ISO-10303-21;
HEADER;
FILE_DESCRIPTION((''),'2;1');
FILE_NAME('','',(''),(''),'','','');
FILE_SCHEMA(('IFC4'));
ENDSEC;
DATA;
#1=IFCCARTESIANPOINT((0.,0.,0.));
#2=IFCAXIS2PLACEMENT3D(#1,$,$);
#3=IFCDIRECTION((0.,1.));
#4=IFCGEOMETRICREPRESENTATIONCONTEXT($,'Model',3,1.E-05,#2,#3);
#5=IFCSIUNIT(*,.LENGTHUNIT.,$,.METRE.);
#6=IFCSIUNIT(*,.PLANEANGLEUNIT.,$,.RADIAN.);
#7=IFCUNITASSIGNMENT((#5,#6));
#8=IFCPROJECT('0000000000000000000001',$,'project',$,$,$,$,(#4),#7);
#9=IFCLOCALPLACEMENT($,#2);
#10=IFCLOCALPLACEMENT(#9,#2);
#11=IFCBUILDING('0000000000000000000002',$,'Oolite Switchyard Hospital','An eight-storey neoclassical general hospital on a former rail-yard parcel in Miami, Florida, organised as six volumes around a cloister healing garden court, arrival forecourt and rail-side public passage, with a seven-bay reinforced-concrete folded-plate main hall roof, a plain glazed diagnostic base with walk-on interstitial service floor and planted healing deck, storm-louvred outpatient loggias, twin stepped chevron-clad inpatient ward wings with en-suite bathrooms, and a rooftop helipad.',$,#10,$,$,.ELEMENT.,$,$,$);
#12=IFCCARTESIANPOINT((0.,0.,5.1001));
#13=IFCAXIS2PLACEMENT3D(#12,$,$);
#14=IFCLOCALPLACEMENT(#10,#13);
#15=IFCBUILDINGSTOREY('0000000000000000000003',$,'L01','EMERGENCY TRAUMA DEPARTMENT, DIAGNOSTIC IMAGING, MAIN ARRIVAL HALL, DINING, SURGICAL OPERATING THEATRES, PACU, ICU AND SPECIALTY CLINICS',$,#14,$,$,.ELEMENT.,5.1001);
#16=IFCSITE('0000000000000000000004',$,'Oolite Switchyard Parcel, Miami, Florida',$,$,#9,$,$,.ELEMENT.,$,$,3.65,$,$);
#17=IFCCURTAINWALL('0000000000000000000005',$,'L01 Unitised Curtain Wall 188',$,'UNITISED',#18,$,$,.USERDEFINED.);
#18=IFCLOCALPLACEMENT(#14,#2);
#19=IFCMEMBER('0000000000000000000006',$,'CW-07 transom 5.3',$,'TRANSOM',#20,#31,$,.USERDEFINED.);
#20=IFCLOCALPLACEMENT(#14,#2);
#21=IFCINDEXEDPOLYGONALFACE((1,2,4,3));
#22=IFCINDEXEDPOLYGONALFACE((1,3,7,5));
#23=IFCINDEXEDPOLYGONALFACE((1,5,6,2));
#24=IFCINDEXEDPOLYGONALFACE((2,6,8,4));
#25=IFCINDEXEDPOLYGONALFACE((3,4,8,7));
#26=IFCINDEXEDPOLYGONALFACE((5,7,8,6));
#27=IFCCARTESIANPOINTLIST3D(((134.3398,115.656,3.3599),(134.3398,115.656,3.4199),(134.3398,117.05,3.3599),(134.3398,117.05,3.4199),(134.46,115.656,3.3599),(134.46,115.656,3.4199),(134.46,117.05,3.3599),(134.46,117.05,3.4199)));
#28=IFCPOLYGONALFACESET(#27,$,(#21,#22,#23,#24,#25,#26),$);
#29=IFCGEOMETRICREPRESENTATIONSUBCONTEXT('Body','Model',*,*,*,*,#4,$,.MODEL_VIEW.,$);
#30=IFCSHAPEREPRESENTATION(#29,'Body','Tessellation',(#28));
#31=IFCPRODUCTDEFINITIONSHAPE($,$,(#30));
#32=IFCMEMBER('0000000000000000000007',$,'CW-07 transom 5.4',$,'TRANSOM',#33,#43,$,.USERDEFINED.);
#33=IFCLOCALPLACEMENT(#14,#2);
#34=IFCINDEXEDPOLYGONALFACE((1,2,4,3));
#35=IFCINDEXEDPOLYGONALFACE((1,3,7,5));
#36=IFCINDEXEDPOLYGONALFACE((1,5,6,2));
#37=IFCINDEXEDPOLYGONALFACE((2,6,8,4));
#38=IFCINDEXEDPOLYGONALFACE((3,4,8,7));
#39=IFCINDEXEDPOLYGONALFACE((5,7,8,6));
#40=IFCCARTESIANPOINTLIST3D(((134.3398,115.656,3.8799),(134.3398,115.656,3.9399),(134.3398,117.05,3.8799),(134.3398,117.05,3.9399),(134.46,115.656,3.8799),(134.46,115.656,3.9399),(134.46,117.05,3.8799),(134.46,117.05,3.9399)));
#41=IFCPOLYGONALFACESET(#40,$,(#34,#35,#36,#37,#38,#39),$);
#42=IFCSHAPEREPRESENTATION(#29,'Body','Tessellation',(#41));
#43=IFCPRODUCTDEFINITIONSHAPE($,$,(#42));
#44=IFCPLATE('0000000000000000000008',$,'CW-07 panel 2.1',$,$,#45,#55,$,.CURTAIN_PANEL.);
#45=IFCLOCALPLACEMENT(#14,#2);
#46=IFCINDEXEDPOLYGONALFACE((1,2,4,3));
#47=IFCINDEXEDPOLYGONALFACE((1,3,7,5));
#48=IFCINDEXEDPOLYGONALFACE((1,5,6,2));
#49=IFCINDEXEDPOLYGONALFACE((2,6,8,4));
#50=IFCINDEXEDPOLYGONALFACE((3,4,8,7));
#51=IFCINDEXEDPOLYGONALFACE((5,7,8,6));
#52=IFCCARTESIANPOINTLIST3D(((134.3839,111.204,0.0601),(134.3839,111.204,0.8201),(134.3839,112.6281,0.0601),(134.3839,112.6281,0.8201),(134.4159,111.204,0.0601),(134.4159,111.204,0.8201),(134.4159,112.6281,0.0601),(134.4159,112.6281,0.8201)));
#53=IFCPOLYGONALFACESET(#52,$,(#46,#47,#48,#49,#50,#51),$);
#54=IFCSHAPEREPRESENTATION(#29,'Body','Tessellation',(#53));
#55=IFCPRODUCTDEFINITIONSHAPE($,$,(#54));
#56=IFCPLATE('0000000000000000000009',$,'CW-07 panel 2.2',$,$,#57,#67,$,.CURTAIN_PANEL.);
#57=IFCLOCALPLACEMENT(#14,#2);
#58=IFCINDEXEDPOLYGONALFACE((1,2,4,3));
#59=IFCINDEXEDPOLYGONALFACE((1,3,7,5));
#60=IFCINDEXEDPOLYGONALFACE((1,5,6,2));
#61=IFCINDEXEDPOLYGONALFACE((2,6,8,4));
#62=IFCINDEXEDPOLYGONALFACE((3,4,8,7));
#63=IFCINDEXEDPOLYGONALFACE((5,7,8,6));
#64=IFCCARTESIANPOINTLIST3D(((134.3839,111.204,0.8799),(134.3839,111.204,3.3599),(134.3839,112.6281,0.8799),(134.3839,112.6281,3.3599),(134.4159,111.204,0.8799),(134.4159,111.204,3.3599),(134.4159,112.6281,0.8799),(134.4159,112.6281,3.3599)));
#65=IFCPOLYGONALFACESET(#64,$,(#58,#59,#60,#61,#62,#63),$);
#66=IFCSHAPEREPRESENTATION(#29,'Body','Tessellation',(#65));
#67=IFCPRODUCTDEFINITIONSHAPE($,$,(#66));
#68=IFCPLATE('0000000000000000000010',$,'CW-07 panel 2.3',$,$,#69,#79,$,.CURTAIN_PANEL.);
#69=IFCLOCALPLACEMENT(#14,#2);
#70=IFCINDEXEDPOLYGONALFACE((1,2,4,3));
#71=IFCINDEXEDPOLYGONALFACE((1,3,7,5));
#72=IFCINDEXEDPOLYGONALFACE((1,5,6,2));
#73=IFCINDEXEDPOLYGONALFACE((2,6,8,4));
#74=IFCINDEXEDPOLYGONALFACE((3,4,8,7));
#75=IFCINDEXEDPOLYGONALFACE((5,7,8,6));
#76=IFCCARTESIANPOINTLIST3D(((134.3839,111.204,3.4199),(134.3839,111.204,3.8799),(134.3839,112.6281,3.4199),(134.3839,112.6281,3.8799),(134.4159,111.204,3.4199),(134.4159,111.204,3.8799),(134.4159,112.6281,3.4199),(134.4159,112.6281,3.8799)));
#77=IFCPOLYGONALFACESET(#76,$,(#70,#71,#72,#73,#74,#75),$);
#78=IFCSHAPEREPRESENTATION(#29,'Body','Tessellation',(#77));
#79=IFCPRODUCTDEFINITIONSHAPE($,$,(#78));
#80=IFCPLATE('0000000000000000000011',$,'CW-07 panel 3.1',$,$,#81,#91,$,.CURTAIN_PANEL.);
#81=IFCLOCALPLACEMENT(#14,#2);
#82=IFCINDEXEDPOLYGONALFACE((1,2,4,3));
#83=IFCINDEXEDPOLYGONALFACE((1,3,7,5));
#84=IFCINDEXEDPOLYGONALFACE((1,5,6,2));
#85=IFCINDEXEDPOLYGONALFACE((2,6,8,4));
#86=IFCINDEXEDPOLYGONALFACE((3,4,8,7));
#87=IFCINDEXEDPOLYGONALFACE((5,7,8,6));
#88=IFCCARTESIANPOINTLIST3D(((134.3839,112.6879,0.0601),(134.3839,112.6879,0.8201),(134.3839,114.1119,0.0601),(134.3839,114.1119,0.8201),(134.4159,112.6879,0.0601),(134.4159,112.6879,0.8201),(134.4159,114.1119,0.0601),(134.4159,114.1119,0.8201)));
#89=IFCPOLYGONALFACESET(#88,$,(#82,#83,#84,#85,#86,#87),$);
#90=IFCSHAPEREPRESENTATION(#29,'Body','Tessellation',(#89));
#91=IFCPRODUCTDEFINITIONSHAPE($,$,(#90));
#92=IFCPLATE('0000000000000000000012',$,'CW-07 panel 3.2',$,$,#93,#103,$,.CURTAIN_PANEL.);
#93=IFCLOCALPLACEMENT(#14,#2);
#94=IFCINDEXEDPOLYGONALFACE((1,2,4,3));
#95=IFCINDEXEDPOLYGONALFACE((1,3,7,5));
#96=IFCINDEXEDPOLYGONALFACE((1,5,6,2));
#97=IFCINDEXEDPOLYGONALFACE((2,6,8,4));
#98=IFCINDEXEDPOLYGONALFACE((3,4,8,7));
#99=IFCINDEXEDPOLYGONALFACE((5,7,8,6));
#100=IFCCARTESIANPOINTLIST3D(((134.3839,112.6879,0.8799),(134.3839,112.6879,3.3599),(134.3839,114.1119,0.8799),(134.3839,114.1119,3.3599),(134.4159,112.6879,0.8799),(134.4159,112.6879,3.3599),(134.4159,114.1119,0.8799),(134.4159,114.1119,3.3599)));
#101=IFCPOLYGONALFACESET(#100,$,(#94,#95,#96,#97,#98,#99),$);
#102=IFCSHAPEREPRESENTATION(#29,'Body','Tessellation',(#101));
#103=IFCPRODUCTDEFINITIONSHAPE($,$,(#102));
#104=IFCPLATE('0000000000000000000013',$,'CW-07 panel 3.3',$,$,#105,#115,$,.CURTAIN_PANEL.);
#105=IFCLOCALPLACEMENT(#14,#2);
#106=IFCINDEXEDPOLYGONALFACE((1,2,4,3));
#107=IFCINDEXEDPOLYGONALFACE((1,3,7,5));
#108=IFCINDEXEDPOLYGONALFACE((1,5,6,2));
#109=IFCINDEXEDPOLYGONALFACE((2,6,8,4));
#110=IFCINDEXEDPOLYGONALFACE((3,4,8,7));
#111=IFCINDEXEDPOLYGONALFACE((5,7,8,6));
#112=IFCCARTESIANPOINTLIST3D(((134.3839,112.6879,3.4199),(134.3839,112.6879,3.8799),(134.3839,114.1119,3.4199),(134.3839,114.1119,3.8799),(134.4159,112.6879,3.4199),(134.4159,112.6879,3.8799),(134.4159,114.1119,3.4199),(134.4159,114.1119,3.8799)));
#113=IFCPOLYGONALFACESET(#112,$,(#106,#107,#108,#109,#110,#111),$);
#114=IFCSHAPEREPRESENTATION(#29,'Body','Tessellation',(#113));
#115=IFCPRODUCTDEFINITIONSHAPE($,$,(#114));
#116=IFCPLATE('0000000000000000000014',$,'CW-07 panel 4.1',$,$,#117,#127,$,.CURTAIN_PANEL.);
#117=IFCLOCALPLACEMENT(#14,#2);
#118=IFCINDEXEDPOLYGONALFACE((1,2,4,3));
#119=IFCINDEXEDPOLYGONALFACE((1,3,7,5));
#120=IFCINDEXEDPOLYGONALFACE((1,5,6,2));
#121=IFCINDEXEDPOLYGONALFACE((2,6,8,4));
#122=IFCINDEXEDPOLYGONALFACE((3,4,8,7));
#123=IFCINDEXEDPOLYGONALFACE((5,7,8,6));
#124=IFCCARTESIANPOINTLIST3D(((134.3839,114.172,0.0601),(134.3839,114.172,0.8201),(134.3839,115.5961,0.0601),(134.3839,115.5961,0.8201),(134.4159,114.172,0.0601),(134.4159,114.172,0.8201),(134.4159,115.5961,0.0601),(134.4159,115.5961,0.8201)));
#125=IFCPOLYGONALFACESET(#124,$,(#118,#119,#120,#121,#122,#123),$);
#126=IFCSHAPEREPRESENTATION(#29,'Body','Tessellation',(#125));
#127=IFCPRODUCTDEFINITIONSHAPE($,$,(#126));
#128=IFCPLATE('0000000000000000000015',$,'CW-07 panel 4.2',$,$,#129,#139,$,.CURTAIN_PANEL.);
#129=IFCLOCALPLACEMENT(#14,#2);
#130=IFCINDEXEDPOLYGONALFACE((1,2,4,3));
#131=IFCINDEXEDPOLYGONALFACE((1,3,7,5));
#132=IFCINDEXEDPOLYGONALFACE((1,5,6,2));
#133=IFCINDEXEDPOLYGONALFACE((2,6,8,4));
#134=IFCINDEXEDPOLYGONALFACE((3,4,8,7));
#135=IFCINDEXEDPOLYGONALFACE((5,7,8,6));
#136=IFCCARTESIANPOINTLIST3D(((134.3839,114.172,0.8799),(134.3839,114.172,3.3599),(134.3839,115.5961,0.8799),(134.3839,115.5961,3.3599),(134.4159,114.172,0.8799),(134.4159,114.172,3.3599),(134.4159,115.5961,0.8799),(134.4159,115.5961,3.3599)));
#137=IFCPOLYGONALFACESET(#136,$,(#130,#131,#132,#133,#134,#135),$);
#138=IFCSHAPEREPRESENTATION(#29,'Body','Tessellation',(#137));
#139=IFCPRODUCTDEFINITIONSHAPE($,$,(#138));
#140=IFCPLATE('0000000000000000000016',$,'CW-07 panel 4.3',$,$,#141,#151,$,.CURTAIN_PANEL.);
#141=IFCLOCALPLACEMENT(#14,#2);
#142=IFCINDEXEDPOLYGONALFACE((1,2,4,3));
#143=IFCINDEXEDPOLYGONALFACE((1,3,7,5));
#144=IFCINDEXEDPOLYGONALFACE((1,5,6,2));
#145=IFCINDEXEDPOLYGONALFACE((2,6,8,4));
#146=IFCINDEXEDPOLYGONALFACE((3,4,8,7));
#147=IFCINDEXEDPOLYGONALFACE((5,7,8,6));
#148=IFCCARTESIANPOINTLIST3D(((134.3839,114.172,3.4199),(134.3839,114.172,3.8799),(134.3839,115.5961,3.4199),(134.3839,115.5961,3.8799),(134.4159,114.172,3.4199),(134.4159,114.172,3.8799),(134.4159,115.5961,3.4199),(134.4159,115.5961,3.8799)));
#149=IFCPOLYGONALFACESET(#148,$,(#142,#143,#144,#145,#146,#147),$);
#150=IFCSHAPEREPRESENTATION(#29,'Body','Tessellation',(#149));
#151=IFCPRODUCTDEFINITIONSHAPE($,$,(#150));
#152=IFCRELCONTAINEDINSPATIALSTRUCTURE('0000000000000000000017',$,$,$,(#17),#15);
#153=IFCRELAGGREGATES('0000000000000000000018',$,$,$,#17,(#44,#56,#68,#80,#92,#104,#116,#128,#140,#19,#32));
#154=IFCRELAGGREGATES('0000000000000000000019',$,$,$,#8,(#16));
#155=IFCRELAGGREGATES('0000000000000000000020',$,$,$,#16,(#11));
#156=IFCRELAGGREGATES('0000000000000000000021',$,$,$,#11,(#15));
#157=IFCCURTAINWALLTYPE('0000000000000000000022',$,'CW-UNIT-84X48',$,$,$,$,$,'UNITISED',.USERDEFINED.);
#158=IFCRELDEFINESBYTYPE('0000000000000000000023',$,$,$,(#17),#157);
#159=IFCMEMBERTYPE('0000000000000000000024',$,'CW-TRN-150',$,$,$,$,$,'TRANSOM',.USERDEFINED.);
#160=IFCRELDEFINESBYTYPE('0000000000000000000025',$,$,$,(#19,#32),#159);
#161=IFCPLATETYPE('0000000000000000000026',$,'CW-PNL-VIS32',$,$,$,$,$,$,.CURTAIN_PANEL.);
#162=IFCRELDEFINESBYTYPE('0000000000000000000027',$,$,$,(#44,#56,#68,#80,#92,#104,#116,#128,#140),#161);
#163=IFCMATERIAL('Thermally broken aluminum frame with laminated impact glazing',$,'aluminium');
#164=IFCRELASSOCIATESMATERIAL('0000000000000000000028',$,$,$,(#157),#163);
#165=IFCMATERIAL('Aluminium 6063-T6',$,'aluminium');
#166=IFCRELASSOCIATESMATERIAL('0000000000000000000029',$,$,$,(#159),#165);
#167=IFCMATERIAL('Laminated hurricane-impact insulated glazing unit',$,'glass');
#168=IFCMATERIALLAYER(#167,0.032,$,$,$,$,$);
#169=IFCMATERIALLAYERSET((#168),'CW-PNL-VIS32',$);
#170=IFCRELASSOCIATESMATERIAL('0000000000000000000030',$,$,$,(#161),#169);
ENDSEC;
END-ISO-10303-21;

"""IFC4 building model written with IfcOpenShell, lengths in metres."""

from ifc_helpers import new_model, si_unit, direction, frame, origin, origin_2d, place, context, subcontext, project, spatial, rectangle, extrude, material, layer, layer_set, material_profile, profile_set, type_object, element, aggregate, save


model = new_model("IFC4")

# Units and contexts
model_context = context("Model", 3, precision=1e-05, world=origin(), true_north=direction((0.0, 1.0)))
body_context = subcontext(model_context, "Body", "Model", "MODEL_VIEW")
ifc_project = project(units=[si_unit("LENGTHUNIT", "METRE"), si_unit("PLANEANGLEUNIT", "RADIAN")], contexts=[model_context])

# Site, building, storey
site_placement = place(None, origin())
site = spatial("IfcSite", under=ifc_project, at=site_placement, Name="Oolite Switchyard Parcel, Miami, Florida", CompositionType="ELEMENT", RefElevation=3.65)
building_placement = place(site_placement, origin())
building = spatial("IfcBuilding", under=site, at=building_placement, Name="Oolite Switchyard Hospital", Description="An eight-storey neoclassical general hospital on a former rail-yard parcel in Miami, Florida, organised as six volumes around a cloister healing garden court, arrival forecourt and rail-side public passage, with a seven-bay reinforced-concrete folded-plate main hall roof, a plain glazed diagnostic base with walk-on interstitial service floor and planted healing deck, storm-louvred outpatient loggias, twin stepped chevron-clad inpatient ward wings with en-suite bathrooms, and a rooftop helipad.", CompositionType="ELEMENT")
storey_placement = place(building_placement, frame((0.0, 0.0, 5.1001)))
storey = spatial("IfcBuildingStorey", under=building, at=storey_placement, Name="L01", Description="EMERGENCY TRAUMA DEPARTMENT, DIAGNOSTIC IMAGING, MAIN ARRIVAL HALL, DINING, SURGICAL OPERATING THEATRES, PACU, ICU AND SPECIALTY CLINICS", CompositionType="ELEMENT", Elevation=5.1001)

# Curtain wall, members, plates
ifc_material_1 = material(Name="Thermally broken aluminum frame with laminated impact glazing", Category="aluminium")
curtain_wall_type = type_object("IfcCurtainWallType", Name="CW-UNIT-84X48", ElementType="UNITISED", PredefinedType="USERDEFINED", material=ifc_material_1)
curtain_wall_placement = place(storey_placement, origin())
curtain_wall = element("IfcCurtainWall", 1, at=curtain_wall_placement, inside=storey, type_object=curtain_wall_type, Name="L01 Unitised Curtain Wall 188", ObjectType="UNITISED", PredefinedType="USERDEFINED")
ifc_material_2 = material(Name="Aluminium 6063-T6", Category="aluminium")
ifc_material_profile_1 = material_profile(ifc_material_2, rectangle(XDim=0.1201, YDim=0.0601, at=origin_2d()), Name="CWT60X120")
ifc_profile_set_1 = profile_set([ifc_material_profile_1], Name="Aluminium 6063-T6")
member_type_1 = type_object("IfcMemberType", Name="CW-TRN-150", ElementType="TRANSOM", PredefinedType="USERDEFINED", material=ifc_profile_set_1)
member_1_placement = place(storey_placement, frame((134.3999, 115.656, 3.3899), z_axis=(0.0, 1.0, 0.0), x_axis=(-1.0, 0.0, 0.0)))
member_1 = element("IfcMember", 2, at=member_1_placement, type_object=member_type_1, Name="CW-07 transom 5.3", ObjectType="TRANSOM", PredefinedType="USERDEFINED", context=body_context, shape_type="SweptSolid", body=[
    extrude(rectangle(XDim=0.1201, YDim=0.0601, at=origin_2d()), origin(), (0.0, 0.0, 1.0), 1.394),
])
member_2_placement = place(storey_placement, frame((134.3999, 115.656, 3.9099), z_axis=(0.0, 1.0, 0.0), x_axis=(-1.0, 0.0, 0.0)))
member_2 = element("IfcMember", 3, at=member_2_placement, type_object=member_type_1, Name="CW-07 transom 5.4", ObjectType="TRANSOM", PredefinedType="USERDEFINED", context=body_context, shape_type="SweptSolid", body=[
    extrude(rectangle(XDim=0.1201, YDim=0.0601, at=origin_2d()), origin(), (0.0, 0.0, 1.0), 1.394),
])
ifc_material_3 = material(Name="Laminated hurricane-impact insulated glazing unit", Category="glass")
ifc_layer = layer(ifc_material_3, 0.032)
ifc_layer_set = layer_set([ifc_layer], Name="CW-PNL-VIS32")
plate_type = type_object("IfcPlateType", Name="CW-PNL-VIS32", PredefinedType="CURTAIN_PANEL", material=ifc_layer_set)
plate_1_placement = place(storey_placement, frame((134.3999, 111.916, 0.0601), z_axis=(0.0, 0.0, 1.0), x_axis=(0.0, 1.0, 0.0)))
plate_1 = element("IfcPlate", 4, at=plate_1_placement, type_object=plate_type, Name="CW-07 panel 2.1", PredefinedType="CURTAIN_PANEL", context=body_context, shape_type="SweptSolid", body=[
    extrude(rectangle(XDim=1.4241, YDim=0.032, at=origin_2d()), origin(), (0.0, 0.0, 1.0), 0.76),
])
plate_2_placement = place(storey_placement, frame((134.3999, 111.916, 0.8799), z_axis=(0.0, 0.0, 1.0), x_axis=(0.0, 1.0, 0.0)))
plate_2 = element("IfcPlate", 5, at=plate_2_placement, type_object=plate_type, Name="CW-07 panel 2.2", PredefinedType="CURTAIN_PANEL", context=body_context, shape_type="SweptSolid", body=[
    extrude(rectangle(XDim=1.4241, YDim=0.032, at=origin_2d()), origin(), (0.0, 0.0, 1.0), 2.48),
])
plate_3_placement = place(storey_placement, frame((134.3999, 111.916, 3.4199), z_axis=(0.0, 0.0, 1.0), x_axis=(0.0, 1.0, 0.0)))
plate_3 = element("IfcPlate", 6, at=plate_3_placement, type_object=plate_type, Name="CW-07 panel 2.3", PredefinedType="CURTAIN_PANEL", context=body_context, shape_type="SweptSolid", body=[
    extrude(rectangle(XDim=1.4241, YDim=0.032, at=origin_2d()), origin(), (0.0, 0.0, 1.0), 0.46),
])
plate_4_placement = place(storey_placement, frame((134.3999, 113.3999, 0.0601), z_axis=(0.0, 0.0, 1.0), x_axis=(0.0, 1.0, 0.0)))
plate_4 = element("IfcPlate", 7, at=plate_4_placement, type_object=plate_type, Name="CW-07 panel 3.1", PredefinedType="CURTAIN_PANEL", context=body_context, shape_type="SweptSolid", body=[
    extrude(rectangle(XDim=1.4241, YDim=0.032, at=origin_2d()), origin(), (0.0, 0.0, 1.0), 0.76),
])
plate_5_placement = place(storey_placement, frame((134.3999, 113.3999, 0.8799), z_axis=(0.0, 0.0, 1.0), x_axis=(0.0, 1.0, 0.0)))
plate_5 = element("IfcPlate", 8, at=plate_5_placement, type_object=plate_type, Name="CW-07 panel 3.2", PredefinedType="CURTAIN_PANEL", context=body_context, shape_type="SweptSolid", body=[
    extrude(rectangle(XDim=1.4241, YDim=0.032, at=origin_2d()), origin(), (0.0, 0.0, 1.0), 2.48),
])
plate_6_placement = place(storey_placement, frame((134.3999, 113.3999, 3.4199), z_axis=(0.0, 0.0, 1.0), x_axis=(0.0, 1.0, 0.0)))
plate_6 = element("IfcPlate", 9, at=plate_6_placement, type_object=plate_type, Name="CW-07 panel 3.3", PredefinedType="CURTAIN_PANEL", context=body_context, shape_type="SweptSolid", body=[
    extrude(rectangle(XDim=1.4241, YDim=0.032, at=origin_2d()), origin(), (0.0, 0.0, 1.0), 0.46),
])
plate_7_placement = place(storey_placement, frame((134.3999, 114.884, 0.0601), z_axis=(0.0, 0.0, 1.0), x_axis=(0.0, 1.0, 0.0)))
plate_7 = element("IfcPlate", 10, at=plate_7_placement, type_object=plate_type, Name="CW-07 panel 4.1", PredefinedType="CURTAIN_PANEL", context=body_context, shape_type="SweptSolid", body=[
    extrude(rectangle(XDim=1.4241, YDim=0.032, at=origin_2d()), origin(), (0.0, 0.0, 1.0), 0.76),
])
plate_8_placement = place(storey_placement, frame((134.3999, 114.884, 0.8799), z_axis=(0.0, 0.0, 1.0), x_axis=(0.0, 1.0, 0.0)))
plate_8 = element("IfcPlate", 11, at=plate_8_placement, type_object=plate_type, Name="CW-07 panel 4.2", PredefinedType="CURTAIN_PANEL", context=body_context, shape_type="SweptSolid", body=[
    extrude(rectangle(XDim=1.4241, YDim=0.032, at=origin_2d()), origin(), (0.0, 0.0, 1.0), 2.48),
])
plate_9_placement = place(storey_placement, frame((134.3999, 114.884, 3.4199), z_axis=(0.0, 0.0, 1.0), x_axis=(0.0, 1.0, 0.0)))
plate_9 = element("IfcPlate", 12, at=plate_9_placement, type_object=plate_type, Name="CW-07 panel 4.3", PredefinedType="CURTAIN_PANEL", context=body_context, shape_type="SweptSolid", body=[
    extrude(rectangle(XDim=1.4241, YDim=0.032, at=origin_2d()), origin(), (0.0, 0.0, 1.0), 0.46),
])
aggregate(curtain_wall, [plate_1, plate_2, plate_3, plate_4, plate_5, plate_6, plate_7, plate_8, plate_9, member_1, member_2])

save(model, "model.ifc")
